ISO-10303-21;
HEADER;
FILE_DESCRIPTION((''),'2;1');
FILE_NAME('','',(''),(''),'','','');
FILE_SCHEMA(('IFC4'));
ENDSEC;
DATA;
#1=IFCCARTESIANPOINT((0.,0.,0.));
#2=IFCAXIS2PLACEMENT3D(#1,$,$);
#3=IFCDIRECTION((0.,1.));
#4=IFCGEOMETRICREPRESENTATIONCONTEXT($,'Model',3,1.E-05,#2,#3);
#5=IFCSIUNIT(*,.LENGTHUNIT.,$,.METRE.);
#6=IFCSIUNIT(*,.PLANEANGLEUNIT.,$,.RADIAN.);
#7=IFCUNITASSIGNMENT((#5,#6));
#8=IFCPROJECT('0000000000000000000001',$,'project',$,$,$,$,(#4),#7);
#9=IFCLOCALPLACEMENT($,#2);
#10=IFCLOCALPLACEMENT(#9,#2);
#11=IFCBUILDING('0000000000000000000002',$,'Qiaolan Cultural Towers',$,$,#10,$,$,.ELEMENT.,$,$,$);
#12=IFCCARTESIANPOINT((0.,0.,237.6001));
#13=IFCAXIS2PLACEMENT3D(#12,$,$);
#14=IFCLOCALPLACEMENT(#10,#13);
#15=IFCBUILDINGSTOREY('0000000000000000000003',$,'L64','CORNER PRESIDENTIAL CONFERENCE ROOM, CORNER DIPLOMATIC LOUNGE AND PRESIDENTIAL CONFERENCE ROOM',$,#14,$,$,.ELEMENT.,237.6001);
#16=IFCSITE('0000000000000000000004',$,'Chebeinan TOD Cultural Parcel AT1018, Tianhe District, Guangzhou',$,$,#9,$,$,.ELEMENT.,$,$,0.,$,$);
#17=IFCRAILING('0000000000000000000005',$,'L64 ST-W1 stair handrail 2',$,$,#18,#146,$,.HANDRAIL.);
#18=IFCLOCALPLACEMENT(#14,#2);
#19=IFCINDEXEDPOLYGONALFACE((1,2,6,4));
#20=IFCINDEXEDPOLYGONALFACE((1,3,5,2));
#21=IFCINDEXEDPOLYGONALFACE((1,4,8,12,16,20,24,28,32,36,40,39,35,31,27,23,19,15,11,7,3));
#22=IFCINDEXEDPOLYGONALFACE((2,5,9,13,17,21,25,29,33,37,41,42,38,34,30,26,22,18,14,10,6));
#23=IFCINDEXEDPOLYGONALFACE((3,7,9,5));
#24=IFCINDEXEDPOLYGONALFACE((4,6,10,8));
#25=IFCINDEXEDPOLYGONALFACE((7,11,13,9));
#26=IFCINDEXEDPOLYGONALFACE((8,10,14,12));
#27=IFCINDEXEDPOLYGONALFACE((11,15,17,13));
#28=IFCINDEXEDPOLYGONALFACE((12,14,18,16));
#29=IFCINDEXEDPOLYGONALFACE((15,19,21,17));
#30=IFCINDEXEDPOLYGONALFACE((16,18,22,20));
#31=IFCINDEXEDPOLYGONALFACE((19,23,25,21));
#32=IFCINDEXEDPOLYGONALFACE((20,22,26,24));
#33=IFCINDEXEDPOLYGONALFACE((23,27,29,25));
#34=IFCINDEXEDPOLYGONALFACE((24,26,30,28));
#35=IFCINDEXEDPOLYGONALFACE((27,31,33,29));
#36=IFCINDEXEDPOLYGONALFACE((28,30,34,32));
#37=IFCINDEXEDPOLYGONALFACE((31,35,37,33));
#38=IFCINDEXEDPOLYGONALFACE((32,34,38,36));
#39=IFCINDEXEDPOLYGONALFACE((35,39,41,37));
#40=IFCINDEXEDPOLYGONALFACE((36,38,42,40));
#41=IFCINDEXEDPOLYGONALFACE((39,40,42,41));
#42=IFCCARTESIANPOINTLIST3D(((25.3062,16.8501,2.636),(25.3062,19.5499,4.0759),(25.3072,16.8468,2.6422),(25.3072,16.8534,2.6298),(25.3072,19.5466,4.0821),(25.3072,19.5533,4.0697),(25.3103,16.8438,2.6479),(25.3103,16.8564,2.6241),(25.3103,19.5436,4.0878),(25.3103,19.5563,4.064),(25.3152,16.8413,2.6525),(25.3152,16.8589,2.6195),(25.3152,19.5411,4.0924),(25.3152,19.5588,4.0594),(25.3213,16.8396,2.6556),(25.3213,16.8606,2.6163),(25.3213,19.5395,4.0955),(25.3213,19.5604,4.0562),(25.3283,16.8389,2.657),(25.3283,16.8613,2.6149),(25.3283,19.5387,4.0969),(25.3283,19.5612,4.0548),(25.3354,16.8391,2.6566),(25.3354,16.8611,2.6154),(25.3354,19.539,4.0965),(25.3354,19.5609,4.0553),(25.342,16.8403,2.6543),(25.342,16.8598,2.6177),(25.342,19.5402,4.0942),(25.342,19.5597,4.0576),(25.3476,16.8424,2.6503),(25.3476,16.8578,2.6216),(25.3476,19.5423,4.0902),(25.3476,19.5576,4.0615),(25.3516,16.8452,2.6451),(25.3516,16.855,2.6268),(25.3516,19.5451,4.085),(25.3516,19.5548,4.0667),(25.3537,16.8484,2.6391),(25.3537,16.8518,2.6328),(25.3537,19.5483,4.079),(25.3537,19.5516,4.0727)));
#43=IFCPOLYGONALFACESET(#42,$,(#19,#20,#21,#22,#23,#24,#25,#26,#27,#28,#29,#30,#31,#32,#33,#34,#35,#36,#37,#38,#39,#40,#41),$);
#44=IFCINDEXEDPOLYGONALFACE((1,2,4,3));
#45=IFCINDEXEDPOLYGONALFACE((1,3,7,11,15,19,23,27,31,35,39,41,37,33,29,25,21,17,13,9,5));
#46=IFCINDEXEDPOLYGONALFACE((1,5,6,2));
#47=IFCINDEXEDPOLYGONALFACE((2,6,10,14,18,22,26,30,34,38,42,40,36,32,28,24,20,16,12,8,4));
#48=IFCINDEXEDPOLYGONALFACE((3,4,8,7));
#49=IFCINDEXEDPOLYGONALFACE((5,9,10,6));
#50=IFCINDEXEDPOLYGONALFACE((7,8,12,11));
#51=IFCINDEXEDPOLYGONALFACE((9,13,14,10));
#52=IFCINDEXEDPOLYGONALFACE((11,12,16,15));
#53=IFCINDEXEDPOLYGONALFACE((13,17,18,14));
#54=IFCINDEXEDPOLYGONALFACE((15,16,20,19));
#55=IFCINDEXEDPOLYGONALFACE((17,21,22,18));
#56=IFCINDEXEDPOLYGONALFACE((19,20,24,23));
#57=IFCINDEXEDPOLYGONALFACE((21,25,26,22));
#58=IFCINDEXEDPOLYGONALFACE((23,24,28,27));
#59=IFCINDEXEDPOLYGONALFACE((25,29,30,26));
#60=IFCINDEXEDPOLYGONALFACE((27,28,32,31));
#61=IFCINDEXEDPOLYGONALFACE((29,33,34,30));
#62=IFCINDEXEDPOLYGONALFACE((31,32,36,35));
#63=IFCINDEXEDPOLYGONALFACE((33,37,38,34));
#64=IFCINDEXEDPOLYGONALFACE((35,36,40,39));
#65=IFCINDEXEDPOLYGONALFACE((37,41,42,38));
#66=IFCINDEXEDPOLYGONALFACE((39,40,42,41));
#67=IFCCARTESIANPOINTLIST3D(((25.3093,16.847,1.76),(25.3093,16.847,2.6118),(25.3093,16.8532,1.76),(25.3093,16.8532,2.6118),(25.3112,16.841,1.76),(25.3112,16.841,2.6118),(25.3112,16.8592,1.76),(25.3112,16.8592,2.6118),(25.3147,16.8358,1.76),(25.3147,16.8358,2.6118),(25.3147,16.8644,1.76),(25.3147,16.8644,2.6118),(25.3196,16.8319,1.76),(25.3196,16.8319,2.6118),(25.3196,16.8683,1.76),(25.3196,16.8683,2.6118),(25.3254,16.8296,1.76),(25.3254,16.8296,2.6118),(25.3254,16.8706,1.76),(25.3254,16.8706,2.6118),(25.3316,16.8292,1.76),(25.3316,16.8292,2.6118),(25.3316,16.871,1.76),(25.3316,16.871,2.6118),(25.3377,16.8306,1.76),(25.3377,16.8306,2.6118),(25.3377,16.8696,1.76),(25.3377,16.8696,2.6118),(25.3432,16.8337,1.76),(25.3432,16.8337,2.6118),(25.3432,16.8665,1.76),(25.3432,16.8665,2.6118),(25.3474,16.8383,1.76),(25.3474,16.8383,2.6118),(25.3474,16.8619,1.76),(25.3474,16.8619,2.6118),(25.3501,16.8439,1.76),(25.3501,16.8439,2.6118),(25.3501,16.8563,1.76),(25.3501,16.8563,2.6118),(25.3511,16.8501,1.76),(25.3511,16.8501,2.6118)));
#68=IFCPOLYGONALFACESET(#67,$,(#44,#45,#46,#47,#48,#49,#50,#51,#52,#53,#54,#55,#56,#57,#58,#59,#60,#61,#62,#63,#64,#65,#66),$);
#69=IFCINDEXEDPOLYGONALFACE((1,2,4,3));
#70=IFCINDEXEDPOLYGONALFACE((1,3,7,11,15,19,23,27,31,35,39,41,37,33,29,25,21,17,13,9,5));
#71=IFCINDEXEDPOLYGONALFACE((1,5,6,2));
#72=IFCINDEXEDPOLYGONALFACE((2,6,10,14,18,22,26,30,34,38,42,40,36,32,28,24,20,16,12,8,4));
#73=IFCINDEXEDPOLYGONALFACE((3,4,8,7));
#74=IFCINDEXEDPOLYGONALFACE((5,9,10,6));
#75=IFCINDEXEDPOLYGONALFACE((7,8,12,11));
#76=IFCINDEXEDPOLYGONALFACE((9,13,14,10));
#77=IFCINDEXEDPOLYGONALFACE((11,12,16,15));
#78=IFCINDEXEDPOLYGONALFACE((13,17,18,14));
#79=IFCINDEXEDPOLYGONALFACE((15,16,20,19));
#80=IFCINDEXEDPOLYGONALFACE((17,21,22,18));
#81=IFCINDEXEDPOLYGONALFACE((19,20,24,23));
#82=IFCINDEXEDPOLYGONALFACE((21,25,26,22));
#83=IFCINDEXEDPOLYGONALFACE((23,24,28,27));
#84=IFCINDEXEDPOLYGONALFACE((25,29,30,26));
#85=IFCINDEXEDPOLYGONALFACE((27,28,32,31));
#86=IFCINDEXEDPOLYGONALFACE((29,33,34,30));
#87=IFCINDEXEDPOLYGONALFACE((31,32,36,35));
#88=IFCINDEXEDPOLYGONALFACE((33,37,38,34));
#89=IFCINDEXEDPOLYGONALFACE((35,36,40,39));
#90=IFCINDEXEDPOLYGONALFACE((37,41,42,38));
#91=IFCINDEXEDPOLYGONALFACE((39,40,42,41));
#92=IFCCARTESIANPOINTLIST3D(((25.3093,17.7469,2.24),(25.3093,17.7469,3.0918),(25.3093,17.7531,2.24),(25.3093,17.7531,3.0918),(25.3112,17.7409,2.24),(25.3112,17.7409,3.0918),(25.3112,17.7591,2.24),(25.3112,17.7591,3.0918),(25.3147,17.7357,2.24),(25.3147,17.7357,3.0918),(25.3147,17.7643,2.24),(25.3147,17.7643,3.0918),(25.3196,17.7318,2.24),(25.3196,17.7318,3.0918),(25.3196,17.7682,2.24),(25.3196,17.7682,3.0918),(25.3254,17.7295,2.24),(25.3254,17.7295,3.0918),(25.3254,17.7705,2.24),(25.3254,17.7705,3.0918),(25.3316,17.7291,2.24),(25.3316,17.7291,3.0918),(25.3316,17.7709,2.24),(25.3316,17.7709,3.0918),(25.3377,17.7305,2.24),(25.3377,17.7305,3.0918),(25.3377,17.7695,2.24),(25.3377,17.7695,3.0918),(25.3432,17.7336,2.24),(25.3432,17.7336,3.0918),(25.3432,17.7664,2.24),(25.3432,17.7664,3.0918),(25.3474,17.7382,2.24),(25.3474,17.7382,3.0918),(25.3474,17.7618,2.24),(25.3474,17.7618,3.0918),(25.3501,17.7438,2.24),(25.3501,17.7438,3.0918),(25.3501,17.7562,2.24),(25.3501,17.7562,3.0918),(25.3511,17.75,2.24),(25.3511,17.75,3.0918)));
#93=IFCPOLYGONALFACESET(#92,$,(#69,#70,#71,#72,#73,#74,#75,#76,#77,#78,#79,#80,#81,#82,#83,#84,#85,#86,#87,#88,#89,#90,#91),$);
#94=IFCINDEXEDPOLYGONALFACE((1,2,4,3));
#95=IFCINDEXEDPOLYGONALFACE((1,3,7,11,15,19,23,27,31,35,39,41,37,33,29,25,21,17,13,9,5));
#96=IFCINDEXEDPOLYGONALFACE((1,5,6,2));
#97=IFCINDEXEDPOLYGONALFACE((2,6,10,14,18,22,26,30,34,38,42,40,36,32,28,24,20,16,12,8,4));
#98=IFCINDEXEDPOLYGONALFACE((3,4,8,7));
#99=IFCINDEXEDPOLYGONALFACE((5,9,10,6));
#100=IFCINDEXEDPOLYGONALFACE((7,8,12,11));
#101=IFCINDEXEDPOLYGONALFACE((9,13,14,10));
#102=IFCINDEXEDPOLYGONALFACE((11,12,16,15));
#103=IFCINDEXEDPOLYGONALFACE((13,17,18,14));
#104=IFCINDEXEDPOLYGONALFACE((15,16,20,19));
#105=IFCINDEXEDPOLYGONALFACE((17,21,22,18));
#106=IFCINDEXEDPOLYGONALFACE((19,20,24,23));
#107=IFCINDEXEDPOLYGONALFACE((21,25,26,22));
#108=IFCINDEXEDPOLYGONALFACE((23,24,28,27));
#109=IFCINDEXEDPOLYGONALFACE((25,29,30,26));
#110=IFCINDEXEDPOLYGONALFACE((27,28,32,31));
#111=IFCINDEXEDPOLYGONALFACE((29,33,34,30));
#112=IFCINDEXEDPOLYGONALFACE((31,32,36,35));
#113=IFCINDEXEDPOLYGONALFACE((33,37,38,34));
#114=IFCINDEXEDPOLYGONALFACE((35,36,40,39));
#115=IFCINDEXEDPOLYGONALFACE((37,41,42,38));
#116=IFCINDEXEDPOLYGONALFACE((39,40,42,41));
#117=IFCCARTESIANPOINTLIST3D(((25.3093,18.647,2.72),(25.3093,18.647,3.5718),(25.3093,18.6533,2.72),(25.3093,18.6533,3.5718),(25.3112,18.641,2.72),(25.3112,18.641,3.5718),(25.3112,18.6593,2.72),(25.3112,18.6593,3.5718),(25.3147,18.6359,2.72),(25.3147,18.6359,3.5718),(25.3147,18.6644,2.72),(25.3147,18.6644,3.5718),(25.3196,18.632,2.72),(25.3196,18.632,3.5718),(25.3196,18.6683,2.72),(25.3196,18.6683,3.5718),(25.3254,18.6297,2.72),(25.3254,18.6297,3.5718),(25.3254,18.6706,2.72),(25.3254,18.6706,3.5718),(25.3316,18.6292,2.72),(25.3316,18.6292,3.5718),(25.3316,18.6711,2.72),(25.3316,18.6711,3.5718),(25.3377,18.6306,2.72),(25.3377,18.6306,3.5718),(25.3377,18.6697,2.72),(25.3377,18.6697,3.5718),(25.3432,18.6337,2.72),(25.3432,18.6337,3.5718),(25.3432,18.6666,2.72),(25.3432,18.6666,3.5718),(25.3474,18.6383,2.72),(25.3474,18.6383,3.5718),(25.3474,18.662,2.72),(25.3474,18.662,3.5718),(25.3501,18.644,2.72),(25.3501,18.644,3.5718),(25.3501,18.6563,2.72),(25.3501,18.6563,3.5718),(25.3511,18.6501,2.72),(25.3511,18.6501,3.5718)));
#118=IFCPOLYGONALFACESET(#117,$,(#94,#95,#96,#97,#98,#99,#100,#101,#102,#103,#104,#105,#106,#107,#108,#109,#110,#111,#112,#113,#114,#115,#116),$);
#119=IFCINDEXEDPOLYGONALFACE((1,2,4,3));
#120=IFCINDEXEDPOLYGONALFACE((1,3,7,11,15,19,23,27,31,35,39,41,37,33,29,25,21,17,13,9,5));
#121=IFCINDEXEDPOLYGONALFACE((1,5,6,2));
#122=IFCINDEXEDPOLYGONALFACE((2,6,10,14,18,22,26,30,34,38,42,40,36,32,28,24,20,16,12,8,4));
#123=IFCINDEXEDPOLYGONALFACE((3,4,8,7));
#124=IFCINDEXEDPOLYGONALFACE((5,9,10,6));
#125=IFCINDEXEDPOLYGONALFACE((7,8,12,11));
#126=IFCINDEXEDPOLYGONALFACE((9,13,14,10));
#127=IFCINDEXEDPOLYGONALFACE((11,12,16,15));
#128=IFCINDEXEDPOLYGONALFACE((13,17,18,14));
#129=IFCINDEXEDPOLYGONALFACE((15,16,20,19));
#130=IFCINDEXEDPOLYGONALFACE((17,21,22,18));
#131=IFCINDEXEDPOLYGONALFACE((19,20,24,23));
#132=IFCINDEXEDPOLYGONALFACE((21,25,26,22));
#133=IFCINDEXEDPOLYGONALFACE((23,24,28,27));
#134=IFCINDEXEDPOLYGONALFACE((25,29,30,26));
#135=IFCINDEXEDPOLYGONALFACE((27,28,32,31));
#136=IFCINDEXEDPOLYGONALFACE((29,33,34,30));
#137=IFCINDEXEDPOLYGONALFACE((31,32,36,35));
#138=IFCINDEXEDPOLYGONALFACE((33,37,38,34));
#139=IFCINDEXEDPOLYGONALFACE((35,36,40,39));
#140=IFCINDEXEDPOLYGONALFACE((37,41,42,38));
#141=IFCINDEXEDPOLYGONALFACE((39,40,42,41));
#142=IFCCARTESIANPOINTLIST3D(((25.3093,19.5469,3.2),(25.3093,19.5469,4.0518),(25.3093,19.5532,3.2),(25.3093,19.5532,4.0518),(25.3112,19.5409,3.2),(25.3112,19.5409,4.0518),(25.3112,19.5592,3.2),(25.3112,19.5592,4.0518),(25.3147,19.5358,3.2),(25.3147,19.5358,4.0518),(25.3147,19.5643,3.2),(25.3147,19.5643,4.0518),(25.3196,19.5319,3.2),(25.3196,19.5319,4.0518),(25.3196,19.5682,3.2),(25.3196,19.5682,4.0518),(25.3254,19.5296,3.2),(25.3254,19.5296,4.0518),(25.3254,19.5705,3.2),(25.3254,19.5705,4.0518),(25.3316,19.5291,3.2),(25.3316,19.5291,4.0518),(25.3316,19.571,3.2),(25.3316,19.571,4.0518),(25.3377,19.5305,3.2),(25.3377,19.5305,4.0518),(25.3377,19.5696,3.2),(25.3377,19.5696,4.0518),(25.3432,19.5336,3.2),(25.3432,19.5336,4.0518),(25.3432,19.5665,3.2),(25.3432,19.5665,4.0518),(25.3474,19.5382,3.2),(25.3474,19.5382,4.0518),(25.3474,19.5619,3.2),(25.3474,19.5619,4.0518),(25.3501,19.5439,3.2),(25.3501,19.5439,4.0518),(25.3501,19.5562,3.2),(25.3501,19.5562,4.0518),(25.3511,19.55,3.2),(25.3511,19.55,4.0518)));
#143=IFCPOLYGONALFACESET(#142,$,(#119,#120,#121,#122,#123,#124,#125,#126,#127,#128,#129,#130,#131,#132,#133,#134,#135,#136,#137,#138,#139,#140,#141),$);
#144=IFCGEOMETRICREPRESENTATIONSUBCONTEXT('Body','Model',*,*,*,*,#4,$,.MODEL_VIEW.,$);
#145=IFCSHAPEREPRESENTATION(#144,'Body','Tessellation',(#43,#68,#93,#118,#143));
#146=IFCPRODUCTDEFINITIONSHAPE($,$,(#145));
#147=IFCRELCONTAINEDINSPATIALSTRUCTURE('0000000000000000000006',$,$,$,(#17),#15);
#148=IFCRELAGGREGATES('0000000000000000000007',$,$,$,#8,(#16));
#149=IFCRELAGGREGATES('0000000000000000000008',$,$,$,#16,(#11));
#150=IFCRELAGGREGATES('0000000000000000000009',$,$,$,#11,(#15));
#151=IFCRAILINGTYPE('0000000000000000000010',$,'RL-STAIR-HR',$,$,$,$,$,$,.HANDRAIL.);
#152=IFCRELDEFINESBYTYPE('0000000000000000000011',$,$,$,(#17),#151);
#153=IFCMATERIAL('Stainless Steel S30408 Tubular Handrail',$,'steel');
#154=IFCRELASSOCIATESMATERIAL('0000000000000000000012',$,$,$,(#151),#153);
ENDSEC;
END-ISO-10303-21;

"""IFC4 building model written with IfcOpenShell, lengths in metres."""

from ifc_helpers import new_model, si_unit, direction, frame, origin, origin_2d, place, context, subcontext, project, spatial, circle, extrude, material, type_object, element, save


model = new_model("IFC4")

# Units and contexts
model_context = context("Model", 3, precision=1e-05, world=origin(), true_north=direction((0.0, 1.0)))
body_context = subcontext(model_context, "Body", "Model", "MODEL_VIEW")
ifc_project = project(units=[si_unit("LENGTHUNIT", "METRE"), si_unit("PLANEANGLEUNIT", "RADIAN")], contexts=[model_context])

# Site, building, storey
site_placement = place(None, origin())
site = spatial("IfcSite", under=ifc_project, at=site_placement, Name="Chebeinan TOD Cultural Parcel AT1018, Tianhe District, Guangzhou", CompositionType="ELEMENT", RefElevation=0.0)
building_placement = place(site_placement, origin())
building = spatial("IfcBuilding", under=site, at=building_placement, Name="Qiaolan Cultural Towers", CompositionType="ELEMENT")
storey_placement = place(building_placement, frame((0.0, 0.0, 237.6001)))
storey = spatial("IfcBuildingStorey", under=building, at=storey_placement, Name="L64", Description="CORNER PRESIDENTIAL CONFERENCE ROOM, CORNER DIPLOMATIC LOUNGE AND PRESIDENTIAL CONFERENCE ROOM", CompositionType="ELEMENT", Elevation=237.6001)

# Railing
ifc_material_1 = material(Name="Stainless Steel S30408 Tubular Handrail", Category="steel")
railing_type_1 = type_object("IfcRailingType", Name="RL-STAIR-HR", PredefinedType="HANDRAIL", material=ifc_material_1)
railing_1_placement = place(storey_placement, frame((25.3301, 16.8501, 1.76)))
element("IfcRailing", 1, at=railing_1_placement, inside=storey, type_object=railing_type_1, Name="L64 ST-W1 stair handrail 2", PredefinedType="HANDRAIL", context=body_context, shape_type="SweptSolid", body=[
    extrude(circle(Radius=0.0239, at=origin_2d()), frame((0.0, 0.0, 0.876), z_axis=(0.0, 0.882357, 0.47058), x_axis=(-1.0, 0.0, 0.0)), (0.0, 0.0, 1.0), 3.0598),
    extrude(circle(Radius=0.021, at=origin_2d()), origin(), (0.0, 0.0, 1.0), 0.8518),
    extrude(circle(Radius=0.021, at=origin_2d()), frame((0.0, 0.8999, 0.48)), (0.0, 0.0, 1.0), 0.8518),
    extrude(circle(Radius=0.021, at=origin_2d()), frame((0.0, 1.8, 0.96)), (0.0, 0.0, 1.0), 0.8518),
    extrude(circle(Radius=0.021, at=origin_2d()), frame((0.0, 2.7, 1.4399)), (0.0, 0.0, 1.0), 0.8518),
])

save(model, "model.ifc")
